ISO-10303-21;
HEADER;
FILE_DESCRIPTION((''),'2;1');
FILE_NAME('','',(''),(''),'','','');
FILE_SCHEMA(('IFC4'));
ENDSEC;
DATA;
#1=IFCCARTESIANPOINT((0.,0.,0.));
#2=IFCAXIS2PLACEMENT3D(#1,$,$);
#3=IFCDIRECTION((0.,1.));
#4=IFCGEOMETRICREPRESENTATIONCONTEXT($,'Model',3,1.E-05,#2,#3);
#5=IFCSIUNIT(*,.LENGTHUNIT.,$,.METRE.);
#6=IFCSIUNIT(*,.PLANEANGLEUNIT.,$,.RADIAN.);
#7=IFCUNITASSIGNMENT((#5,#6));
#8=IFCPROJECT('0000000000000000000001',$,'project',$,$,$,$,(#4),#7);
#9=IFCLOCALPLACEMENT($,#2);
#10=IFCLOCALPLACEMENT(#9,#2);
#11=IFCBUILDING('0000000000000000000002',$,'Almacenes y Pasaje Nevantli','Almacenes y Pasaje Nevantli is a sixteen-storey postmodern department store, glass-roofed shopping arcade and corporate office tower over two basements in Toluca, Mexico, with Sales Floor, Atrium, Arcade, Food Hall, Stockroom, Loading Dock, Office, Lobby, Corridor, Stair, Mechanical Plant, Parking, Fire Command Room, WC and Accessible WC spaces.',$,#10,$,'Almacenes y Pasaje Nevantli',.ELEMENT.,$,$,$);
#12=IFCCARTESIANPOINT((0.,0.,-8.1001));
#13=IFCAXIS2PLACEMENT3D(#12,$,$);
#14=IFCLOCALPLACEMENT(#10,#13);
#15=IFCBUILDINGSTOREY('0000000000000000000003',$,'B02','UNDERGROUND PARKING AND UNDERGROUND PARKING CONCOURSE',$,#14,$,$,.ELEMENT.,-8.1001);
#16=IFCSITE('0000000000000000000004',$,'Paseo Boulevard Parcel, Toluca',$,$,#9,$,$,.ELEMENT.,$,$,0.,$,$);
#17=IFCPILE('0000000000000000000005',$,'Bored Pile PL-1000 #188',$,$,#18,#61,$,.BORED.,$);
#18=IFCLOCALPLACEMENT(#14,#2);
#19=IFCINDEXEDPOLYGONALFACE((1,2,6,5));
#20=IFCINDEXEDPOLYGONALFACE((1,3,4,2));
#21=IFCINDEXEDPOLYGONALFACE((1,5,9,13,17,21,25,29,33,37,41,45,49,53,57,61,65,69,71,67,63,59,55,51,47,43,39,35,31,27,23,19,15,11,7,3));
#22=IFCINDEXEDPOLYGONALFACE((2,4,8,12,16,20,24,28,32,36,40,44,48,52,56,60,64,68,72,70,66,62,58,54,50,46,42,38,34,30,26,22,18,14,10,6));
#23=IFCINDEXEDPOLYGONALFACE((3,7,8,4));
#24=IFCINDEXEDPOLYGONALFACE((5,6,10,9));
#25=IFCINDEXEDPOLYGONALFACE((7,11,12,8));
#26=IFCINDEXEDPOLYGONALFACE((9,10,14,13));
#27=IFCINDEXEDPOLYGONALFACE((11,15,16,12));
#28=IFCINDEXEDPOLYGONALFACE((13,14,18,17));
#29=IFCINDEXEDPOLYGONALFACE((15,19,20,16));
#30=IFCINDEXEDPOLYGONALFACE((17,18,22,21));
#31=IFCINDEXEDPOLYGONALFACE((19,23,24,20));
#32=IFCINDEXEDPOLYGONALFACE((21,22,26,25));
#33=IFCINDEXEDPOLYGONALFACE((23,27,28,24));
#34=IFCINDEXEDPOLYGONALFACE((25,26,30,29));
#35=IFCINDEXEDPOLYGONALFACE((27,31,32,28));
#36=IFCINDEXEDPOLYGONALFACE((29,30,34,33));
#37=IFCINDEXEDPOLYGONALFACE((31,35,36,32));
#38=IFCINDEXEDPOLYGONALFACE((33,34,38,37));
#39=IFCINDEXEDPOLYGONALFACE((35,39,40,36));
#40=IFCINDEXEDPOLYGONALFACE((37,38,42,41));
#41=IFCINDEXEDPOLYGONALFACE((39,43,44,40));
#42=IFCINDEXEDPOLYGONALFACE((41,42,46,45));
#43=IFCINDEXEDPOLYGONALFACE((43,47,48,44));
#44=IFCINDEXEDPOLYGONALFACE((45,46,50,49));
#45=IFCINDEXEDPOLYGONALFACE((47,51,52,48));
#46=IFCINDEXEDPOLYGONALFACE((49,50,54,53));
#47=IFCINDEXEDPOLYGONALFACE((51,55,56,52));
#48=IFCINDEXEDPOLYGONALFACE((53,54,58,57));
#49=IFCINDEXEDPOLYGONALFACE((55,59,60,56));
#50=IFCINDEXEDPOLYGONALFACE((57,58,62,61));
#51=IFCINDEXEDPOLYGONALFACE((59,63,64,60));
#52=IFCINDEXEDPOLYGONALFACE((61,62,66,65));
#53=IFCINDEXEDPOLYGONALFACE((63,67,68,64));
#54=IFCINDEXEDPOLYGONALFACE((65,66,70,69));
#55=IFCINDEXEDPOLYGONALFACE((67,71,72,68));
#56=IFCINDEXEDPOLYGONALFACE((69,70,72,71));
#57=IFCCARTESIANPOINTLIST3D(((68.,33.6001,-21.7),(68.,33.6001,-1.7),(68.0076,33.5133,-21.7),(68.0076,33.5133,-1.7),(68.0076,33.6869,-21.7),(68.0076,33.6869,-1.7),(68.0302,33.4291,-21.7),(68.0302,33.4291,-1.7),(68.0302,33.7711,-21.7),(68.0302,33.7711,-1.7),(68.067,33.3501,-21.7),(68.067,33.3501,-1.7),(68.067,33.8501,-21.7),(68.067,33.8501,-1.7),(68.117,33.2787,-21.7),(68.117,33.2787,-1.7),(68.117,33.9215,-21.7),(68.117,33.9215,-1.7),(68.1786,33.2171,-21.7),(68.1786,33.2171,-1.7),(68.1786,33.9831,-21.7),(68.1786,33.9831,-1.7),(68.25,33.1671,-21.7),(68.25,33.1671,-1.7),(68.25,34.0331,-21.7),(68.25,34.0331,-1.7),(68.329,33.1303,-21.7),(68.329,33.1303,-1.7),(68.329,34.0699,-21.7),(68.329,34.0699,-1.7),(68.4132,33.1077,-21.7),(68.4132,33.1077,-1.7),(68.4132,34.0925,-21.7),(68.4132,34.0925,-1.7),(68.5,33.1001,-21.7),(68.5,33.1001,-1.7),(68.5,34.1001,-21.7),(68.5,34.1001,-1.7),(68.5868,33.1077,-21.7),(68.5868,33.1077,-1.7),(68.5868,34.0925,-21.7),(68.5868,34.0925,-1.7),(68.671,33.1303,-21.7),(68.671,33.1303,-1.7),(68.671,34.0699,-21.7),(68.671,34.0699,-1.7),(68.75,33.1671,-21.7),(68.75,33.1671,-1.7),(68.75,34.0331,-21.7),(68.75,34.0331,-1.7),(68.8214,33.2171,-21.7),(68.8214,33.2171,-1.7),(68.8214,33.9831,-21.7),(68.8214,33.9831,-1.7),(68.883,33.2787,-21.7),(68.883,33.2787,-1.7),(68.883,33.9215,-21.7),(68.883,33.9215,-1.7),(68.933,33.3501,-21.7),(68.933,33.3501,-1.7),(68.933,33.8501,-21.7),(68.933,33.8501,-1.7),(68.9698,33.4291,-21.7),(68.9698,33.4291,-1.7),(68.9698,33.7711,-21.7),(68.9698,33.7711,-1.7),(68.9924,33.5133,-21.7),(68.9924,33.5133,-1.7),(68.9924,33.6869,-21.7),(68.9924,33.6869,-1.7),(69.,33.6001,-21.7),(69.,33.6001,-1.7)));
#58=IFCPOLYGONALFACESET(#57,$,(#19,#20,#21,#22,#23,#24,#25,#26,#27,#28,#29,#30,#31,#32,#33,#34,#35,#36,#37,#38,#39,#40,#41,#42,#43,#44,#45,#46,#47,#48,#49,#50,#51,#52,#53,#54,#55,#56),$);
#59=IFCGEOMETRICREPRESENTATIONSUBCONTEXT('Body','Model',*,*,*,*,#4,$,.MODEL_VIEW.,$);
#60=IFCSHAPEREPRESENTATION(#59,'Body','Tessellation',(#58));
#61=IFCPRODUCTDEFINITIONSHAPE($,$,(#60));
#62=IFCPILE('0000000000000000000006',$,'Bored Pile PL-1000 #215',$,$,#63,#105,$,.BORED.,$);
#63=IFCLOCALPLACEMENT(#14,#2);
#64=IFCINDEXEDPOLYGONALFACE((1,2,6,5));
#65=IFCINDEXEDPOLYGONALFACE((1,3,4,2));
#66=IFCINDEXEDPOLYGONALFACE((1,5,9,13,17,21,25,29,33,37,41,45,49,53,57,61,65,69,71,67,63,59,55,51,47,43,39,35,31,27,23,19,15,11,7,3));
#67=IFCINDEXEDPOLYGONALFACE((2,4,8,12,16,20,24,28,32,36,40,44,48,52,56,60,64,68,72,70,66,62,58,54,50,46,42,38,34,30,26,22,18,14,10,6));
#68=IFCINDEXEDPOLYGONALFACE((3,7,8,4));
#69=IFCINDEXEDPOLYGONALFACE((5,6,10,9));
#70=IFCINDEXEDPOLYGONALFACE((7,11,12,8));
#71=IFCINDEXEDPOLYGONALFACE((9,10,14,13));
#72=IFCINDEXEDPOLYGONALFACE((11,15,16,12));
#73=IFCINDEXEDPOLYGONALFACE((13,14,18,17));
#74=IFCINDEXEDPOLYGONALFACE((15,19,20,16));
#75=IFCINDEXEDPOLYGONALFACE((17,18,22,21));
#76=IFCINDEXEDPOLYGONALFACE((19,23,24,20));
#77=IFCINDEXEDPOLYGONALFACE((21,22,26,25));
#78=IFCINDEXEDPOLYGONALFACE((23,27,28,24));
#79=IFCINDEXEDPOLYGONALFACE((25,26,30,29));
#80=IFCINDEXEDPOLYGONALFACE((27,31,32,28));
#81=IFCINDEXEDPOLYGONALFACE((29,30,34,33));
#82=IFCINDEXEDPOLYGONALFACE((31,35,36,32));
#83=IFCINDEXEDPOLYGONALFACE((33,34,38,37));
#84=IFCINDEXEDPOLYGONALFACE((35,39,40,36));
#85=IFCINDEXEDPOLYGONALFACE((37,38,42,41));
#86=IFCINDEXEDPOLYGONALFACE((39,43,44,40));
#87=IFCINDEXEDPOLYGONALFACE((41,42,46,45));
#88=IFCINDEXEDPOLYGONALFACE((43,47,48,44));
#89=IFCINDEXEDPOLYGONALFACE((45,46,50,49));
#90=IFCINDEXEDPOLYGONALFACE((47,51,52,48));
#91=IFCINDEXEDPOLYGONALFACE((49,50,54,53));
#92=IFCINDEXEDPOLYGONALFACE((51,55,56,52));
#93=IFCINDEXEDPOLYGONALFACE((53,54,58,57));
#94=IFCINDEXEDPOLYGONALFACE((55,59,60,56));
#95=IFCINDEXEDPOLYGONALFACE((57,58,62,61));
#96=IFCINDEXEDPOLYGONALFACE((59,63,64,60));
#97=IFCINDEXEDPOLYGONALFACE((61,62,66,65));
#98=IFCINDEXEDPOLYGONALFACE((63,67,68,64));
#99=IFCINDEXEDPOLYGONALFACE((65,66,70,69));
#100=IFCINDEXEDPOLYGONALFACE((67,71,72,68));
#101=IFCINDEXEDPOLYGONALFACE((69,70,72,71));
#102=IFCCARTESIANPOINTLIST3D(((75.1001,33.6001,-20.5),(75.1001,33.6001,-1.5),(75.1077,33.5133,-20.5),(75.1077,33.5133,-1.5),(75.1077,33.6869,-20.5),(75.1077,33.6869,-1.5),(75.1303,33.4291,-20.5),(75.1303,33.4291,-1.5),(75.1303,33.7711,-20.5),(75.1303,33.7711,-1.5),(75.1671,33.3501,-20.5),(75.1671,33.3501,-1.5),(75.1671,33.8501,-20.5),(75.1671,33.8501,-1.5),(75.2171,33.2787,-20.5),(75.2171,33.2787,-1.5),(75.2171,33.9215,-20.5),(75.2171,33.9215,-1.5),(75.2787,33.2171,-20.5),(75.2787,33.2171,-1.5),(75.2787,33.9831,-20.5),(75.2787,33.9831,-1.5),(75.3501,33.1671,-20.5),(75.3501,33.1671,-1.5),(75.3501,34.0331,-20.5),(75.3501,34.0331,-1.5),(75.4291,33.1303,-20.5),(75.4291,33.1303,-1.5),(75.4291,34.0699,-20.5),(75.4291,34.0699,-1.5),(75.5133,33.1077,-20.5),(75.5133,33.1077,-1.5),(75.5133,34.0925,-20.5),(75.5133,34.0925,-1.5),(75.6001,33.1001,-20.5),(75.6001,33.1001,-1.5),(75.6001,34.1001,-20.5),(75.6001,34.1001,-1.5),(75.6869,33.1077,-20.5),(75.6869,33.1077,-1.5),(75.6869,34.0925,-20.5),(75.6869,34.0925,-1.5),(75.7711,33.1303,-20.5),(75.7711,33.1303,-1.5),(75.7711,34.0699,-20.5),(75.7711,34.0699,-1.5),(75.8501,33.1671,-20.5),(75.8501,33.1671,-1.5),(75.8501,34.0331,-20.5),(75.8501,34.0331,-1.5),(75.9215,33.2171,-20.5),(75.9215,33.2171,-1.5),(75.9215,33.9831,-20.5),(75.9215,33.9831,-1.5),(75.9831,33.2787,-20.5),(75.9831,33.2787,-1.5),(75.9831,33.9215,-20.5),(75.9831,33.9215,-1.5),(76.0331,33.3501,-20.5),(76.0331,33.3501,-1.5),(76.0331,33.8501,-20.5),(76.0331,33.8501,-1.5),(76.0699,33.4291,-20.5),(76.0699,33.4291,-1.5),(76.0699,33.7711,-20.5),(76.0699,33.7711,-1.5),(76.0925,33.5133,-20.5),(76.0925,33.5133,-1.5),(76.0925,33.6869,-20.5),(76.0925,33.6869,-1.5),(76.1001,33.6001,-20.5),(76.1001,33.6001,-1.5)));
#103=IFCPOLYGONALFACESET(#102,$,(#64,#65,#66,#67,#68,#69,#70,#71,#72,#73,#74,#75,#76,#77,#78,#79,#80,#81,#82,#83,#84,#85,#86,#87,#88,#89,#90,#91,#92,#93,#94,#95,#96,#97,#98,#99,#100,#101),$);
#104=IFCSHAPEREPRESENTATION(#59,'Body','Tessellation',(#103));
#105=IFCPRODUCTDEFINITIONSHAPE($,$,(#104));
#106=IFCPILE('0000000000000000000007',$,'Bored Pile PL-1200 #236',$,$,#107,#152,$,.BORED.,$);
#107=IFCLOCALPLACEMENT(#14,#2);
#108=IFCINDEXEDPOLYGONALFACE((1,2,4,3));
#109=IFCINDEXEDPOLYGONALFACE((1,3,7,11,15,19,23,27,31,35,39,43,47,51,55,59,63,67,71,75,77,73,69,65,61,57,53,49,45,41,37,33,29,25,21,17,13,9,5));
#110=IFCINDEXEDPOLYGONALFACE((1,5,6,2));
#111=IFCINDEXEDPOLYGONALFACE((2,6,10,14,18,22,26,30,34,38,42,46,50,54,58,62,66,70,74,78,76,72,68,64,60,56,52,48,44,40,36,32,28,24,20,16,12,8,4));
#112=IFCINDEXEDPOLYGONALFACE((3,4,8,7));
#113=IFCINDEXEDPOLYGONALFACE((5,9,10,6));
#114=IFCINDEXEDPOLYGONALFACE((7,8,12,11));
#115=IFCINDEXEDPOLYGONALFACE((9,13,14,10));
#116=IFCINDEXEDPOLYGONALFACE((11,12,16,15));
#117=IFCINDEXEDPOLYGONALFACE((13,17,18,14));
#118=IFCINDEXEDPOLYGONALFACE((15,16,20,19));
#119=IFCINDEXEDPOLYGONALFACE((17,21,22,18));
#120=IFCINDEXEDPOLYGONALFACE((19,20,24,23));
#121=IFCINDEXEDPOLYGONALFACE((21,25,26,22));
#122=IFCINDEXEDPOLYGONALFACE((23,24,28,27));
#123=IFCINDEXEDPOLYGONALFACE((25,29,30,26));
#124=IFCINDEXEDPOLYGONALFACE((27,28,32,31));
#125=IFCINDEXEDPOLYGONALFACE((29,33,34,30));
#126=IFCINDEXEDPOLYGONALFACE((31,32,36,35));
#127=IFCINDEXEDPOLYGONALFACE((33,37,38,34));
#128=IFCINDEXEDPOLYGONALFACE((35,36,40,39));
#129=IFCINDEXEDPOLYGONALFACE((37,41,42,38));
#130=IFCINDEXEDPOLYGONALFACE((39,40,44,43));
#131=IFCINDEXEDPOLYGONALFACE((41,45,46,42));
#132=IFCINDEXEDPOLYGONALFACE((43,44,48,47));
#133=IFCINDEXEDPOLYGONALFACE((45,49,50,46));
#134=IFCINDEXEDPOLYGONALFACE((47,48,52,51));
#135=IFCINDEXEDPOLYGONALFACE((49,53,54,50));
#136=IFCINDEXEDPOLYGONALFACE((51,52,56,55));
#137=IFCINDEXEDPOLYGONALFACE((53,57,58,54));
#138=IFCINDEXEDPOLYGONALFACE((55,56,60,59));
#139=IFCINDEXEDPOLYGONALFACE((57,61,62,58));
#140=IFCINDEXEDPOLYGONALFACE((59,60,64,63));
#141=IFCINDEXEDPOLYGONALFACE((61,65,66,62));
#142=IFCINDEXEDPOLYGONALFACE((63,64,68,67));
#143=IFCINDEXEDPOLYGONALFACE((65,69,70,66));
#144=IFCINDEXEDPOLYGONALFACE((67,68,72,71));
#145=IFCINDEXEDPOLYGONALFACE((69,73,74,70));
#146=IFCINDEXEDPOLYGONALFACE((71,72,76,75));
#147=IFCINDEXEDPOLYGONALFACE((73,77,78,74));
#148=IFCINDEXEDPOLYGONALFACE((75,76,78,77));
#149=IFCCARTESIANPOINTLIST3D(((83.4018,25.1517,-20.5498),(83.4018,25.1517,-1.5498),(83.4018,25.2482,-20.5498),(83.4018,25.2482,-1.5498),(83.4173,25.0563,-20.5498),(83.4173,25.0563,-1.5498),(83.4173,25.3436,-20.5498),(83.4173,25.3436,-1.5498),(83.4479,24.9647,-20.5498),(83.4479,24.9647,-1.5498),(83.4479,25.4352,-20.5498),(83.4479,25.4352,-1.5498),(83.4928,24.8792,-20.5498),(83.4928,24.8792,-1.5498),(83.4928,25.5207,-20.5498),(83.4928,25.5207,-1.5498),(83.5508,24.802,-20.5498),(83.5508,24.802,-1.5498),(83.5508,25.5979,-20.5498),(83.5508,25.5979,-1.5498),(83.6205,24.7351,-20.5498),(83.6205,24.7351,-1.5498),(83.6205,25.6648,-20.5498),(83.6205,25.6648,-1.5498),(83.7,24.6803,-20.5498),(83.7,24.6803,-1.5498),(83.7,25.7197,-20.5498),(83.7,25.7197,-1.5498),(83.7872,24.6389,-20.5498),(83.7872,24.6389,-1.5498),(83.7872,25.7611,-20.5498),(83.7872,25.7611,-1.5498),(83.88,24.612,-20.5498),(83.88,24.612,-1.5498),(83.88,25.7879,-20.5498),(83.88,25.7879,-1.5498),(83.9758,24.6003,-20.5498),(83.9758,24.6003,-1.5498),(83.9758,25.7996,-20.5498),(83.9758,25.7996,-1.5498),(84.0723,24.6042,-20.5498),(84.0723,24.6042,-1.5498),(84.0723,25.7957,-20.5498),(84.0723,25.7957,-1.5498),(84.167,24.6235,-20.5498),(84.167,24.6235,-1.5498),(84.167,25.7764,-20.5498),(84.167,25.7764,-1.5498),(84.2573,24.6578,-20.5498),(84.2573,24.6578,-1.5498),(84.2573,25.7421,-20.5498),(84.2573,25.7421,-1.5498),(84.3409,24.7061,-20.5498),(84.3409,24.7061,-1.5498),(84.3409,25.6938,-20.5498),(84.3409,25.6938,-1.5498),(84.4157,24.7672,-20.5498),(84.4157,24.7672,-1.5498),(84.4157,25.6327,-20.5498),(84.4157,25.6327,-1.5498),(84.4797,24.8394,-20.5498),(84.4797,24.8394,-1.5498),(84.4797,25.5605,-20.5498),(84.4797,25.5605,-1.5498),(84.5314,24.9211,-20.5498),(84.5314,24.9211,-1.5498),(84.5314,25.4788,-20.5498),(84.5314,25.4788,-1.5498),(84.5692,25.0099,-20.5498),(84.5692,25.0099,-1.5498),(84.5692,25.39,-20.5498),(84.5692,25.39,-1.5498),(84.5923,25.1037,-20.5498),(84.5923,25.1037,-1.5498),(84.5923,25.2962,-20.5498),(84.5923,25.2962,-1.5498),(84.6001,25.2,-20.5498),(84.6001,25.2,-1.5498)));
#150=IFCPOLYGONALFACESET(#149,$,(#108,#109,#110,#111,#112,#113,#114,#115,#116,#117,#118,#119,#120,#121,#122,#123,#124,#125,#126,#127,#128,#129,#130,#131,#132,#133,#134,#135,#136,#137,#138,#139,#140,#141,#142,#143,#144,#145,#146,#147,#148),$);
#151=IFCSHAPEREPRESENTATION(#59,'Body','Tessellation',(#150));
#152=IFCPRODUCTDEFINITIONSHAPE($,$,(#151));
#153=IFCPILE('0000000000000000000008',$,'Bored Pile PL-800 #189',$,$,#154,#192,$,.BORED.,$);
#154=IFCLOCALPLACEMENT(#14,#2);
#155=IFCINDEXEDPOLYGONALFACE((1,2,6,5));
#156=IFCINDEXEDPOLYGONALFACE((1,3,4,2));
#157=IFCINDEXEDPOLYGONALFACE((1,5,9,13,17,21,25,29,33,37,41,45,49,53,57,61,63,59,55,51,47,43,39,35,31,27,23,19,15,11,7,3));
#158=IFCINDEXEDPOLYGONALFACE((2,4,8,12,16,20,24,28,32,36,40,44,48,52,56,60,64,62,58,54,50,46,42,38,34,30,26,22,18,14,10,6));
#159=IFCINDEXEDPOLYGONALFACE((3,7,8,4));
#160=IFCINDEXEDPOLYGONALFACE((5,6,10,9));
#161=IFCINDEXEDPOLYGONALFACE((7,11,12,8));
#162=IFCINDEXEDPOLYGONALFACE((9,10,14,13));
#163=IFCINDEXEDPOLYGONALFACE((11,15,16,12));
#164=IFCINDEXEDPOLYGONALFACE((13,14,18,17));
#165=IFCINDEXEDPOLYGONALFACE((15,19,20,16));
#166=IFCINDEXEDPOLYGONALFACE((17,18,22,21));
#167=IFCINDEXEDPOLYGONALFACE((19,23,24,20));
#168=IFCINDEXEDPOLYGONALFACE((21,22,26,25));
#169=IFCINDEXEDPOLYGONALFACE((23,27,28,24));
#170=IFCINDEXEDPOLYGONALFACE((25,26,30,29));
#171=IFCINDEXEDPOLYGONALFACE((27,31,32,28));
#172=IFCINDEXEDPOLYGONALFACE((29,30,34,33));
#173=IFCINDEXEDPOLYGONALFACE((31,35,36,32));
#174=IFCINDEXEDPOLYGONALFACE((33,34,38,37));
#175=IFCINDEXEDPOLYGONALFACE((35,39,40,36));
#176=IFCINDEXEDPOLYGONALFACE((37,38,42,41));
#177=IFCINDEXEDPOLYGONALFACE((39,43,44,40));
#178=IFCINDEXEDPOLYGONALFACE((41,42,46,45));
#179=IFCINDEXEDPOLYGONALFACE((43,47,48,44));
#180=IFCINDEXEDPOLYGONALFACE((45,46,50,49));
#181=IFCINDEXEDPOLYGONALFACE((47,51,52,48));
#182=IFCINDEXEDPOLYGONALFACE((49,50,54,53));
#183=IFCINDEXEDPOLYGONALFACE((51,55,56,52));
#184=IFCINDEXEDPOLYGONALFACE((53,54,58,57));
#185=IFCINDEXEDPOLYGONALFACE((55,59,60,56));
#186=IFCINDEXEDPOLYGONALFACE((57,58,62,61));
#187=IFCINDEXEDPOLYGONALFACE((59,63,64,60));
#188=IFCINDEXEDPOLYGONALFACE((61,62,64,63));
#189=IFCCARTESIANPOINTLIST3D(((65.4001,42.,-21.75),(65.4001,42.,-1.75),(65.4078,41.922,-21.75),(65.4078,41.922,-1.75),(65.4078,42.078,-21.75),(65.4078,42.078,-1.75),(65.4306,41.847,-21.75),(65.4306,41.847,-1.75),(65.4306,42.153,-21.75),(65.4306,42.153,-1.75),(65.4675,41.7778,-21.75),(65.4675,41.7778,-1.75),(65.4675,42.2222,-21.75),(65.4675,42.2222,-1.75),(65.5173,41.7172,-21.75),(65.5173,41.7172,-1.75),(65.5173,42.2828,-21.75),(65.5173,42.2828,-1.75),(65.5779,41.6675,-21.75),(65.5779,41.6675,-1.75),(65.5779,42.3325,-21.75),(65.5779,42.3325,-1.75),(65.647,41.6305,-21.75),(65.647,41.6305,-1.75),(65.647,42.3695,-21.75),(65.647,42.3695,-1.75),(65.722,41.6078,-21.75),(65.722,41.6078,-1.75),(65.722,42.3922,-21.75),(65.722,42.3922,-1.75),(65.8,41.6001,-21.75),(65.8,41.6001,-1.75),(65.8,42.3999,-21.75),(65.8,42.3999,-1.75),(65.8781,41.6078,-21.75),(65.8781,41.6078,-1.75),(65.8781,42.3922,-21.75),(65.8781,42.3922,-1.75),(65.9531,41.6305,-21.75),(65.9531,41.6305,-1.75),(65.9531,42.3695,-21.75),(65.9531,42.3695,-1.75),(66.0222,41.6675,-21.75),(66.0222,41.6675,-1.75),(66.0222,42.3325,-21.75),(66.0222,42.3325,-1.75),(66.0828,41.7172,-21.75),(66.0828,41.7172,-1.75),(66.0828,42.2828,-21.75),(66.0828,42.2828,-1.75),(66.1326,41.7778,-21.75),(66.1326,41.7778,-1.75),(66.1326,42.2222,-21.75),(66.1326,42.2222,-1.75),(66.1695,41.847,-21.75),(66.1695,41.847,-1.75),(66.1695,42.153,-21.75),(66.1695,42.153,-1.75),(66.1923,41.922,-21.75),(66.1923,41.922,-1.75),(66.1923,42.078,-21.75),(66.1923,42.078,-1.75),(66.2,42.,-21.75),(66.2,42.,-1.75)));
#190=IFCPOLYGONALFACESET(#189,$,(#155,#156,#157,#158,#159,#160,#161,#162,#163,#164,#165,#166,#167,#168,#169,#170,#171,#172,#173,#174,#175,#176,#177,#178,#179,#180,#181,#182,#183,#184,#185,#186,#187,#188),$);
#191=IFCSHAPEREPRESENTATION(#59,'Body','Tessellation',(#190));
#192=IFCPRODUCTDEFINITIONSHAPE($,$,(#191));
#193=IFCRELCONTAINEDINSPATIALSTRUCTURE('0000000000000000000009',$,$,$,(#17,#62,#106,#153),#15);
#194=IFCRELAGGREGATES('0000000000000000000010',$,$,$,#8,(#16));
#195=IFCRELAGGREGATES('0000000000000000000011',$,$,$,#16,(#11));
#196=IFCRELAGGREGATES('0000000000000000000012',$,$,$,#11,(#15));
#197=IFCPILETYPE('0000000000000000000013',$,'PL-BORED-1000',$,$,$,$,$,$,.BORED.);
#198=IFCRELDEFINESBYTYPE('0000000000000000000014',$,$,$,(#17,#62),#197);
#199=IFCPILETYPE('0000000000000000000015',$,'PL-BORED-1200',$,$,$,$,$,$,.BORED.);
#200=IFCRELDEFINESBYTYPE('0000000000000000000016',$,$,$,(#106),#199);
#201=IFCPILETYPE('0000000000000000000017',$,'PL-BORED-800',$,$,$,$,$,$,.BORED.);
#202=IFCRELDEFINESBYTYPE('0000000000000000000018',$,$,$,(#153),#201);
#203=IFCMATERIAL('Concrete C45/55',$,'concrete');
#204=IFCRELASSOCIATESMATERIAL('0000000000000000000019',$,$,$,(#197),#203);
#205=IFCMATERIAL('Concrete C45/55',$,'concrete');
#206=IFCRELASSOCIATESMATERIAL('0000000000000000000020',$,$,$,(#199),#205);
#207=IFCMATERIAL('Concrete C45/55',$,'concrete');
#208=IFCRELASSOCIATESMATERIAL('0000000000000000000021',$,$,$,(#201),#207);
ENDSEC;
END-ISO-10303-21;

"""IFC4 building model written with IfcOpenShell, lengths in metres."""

from ifc_helpers import new_model, si_unit, direction, frame, origin, origin_2d, place, context, subcontext, project, spatial, circle, extrude, material, material_profile, profile_set, type_object, element, save


model = new_model("IFC4")

# Units and contexts
model_context = context("Model", 3, precision=1e-05, world=origin(), true_north=direction((0.0, 1.0)))
body_context = subcontext(model_context, "Body", "Model", "MODEL_VIEW")
ifc_project = project(units=[si_unit("LENGTHUNIT", "METRE"), si_unit("PLANEANGLEUNIT", "RADIAN")], contexts=[model_context])

# Site, building, storey
site_placement = place(None, origin())
site = spatial("IfcSite", under=ifc_project, at=site_placement, Name="Paseo Boulevard Parcel, Toluca", CompositionType="ELEMENT", RefElevation=0.0)
building_placement = place(site_placement, origin())
building = spatial("IfcBuilding", under=site, at=building_placement, Name="Almacenes y Pasaje Nevantli", Description="Almacenes y Pasaje Nevantli is a sixteen-storey postmodern department store, glass-roofed shopping arcade and corporate office tower over two basements in Toluca, Mexico, with Sales Floor, Atrium, Arcade, Food Hall, Stockroom, Loading Dock, Office, Lobby, Corridor, Stair, Mechanical Plant, Parking, Fire Command Room, WC and Accessible WC spaces.", LongName="Almacenes y Pasaje Nevantli", CompositionType="ELEMENT")
storey_placement = place(building_placement, frame((0.0, 0.0, -8.1001)))
storey = spatial("IfcBuildingStorey", under=building, at=storey_placement, Name="B02", Description="UNDERGROUND PARKING AND UNDERGROUND PARKING CONCOURSE", CompositionType="ELEMENT", Elevation=-8.1001)

# Piles
ifc_material_1 = material(Name="Concrete C45/55", Category="concrete")
ifc_material_profile_1 = material_profile(ifc_material_1, circle(Radius=0.5, at=origin_2d()), Name="RC-PILE-D1000")
ifc_profile_set_1 = profile_set([ifc_material_profile_1], Name="Concrete C45/55")
pile_type_1 = type_object("IfcPileType", Name="PL-BORED-1000", PredefinedType="BORED", material=ifc_profile_set_1)
for number, where, z_axis, x_axis, name in (
    (1, (68.5, 33.6001, -1.7), (0.0, 0.0, -1.0), (1.0, 0.0, 0.0), "Bored Pile PL-1000 #188"),
):
    element("IfcPile", number, at=place(storey_placement, frame(where, z_axis=z_axis, x_axis=x_axis)), inside=storey, type_object=pile_type_1, Name=name, PredefinedType="BORED", context=body_context, shape_type="SweptSolid", body=[
        extrude(circle(Radius=0.5, at=origin_2d()), origin(), (0.0, 0.0, 1.0), 20.0),
    ])
pile_1_placement = place(storey_placement, frame((75.6001, 33.6001, -1.5), z_axis=(0.0, 0.0, -1.0), x_axis=(1.0, 0.0, 0.0)))
element("IfcPile", 2, at=pile_1_placement, inside=storey, type_object=pile_type_1, Name="Bored Pile PL-1000 #215", PredefinedType="BORED", context=body_context, shape_type="SweptSolid", body=[
    extrude(circle(Radius=0.5, at=origin_2d()), origin(), (0.0, 0.0, 1.0), 19.0),
])
ifc_material_2 = material(Name="Concrete C45/55", Category="concrete")
ifc_material_profile_2 = material_profile(ifc_material_2, circle(Radius=0.6001, at=origin_2d()), Name="RC-PILE-D1200")
ifc_profile_set_2 = profile_set([ifc_material_profile_2], Name="Concrete C45/55")
pile_type_2 = type_object("IfcPileType", Name="PL-BORED-1200", PredefinedType="BORED", material=ifc_profile_set_2)
pile_2_placement = place(storey_placement, frame((84.0, 25.2, -1.5498), z_axis=(0.0, 0.0, -1.0), x_axis=(1.0, 0.0, 0.0)))
element("IfcPile", 3, at=pile_2_placement, inside=storey, type_object=pile_type_2, Name="Bored Pile PL-1200 #236", PredefinedType="BORED", context=body_context, shape_type="SweptSolid", body=[
    extrude(circle(Radius=0.6001, at=origin_2d()), origin(), (0.0, 0.0, 1.0), 19.0),
])
ifc_material_3 = material(Name="Concrete C45/55", Category="concrete")
ifc_material_profile_3 = material_profile(ifc_material_3, circle(Radius=0.3999, at=origin_2d()), Name="RC-PILE-D800")
ifc_profile_set_3 = profile_set([ifc_material_profile_3], Name="Concrete C45/55")
pile_type_3 = type_object("IfcPileType", Name="PL-BORED-800", PredefinedType="BORED", material=ifc_profile_set_3)
pile_3_placement = place(storey_placement, frame((65.8, 42.0, -1.75), z_axis=(0.0, 0.0, -1.0), x_axis=(1.0, 0.0, 0.0)))
element("IfcPile", 4, at=pile_3_placement, inside=storey, type_object=pile_type_3, Name="Bored Pile PL-800 #189", PredefinedType="BORED", context=body_context, shape_type="SweptSolid", body=[
    extrude(circle(Radius=0.3999, at=origin_2d()), origin(), (0.0, 0.0, 1.0), 20.0),
])

save(model, "model.ifc")
